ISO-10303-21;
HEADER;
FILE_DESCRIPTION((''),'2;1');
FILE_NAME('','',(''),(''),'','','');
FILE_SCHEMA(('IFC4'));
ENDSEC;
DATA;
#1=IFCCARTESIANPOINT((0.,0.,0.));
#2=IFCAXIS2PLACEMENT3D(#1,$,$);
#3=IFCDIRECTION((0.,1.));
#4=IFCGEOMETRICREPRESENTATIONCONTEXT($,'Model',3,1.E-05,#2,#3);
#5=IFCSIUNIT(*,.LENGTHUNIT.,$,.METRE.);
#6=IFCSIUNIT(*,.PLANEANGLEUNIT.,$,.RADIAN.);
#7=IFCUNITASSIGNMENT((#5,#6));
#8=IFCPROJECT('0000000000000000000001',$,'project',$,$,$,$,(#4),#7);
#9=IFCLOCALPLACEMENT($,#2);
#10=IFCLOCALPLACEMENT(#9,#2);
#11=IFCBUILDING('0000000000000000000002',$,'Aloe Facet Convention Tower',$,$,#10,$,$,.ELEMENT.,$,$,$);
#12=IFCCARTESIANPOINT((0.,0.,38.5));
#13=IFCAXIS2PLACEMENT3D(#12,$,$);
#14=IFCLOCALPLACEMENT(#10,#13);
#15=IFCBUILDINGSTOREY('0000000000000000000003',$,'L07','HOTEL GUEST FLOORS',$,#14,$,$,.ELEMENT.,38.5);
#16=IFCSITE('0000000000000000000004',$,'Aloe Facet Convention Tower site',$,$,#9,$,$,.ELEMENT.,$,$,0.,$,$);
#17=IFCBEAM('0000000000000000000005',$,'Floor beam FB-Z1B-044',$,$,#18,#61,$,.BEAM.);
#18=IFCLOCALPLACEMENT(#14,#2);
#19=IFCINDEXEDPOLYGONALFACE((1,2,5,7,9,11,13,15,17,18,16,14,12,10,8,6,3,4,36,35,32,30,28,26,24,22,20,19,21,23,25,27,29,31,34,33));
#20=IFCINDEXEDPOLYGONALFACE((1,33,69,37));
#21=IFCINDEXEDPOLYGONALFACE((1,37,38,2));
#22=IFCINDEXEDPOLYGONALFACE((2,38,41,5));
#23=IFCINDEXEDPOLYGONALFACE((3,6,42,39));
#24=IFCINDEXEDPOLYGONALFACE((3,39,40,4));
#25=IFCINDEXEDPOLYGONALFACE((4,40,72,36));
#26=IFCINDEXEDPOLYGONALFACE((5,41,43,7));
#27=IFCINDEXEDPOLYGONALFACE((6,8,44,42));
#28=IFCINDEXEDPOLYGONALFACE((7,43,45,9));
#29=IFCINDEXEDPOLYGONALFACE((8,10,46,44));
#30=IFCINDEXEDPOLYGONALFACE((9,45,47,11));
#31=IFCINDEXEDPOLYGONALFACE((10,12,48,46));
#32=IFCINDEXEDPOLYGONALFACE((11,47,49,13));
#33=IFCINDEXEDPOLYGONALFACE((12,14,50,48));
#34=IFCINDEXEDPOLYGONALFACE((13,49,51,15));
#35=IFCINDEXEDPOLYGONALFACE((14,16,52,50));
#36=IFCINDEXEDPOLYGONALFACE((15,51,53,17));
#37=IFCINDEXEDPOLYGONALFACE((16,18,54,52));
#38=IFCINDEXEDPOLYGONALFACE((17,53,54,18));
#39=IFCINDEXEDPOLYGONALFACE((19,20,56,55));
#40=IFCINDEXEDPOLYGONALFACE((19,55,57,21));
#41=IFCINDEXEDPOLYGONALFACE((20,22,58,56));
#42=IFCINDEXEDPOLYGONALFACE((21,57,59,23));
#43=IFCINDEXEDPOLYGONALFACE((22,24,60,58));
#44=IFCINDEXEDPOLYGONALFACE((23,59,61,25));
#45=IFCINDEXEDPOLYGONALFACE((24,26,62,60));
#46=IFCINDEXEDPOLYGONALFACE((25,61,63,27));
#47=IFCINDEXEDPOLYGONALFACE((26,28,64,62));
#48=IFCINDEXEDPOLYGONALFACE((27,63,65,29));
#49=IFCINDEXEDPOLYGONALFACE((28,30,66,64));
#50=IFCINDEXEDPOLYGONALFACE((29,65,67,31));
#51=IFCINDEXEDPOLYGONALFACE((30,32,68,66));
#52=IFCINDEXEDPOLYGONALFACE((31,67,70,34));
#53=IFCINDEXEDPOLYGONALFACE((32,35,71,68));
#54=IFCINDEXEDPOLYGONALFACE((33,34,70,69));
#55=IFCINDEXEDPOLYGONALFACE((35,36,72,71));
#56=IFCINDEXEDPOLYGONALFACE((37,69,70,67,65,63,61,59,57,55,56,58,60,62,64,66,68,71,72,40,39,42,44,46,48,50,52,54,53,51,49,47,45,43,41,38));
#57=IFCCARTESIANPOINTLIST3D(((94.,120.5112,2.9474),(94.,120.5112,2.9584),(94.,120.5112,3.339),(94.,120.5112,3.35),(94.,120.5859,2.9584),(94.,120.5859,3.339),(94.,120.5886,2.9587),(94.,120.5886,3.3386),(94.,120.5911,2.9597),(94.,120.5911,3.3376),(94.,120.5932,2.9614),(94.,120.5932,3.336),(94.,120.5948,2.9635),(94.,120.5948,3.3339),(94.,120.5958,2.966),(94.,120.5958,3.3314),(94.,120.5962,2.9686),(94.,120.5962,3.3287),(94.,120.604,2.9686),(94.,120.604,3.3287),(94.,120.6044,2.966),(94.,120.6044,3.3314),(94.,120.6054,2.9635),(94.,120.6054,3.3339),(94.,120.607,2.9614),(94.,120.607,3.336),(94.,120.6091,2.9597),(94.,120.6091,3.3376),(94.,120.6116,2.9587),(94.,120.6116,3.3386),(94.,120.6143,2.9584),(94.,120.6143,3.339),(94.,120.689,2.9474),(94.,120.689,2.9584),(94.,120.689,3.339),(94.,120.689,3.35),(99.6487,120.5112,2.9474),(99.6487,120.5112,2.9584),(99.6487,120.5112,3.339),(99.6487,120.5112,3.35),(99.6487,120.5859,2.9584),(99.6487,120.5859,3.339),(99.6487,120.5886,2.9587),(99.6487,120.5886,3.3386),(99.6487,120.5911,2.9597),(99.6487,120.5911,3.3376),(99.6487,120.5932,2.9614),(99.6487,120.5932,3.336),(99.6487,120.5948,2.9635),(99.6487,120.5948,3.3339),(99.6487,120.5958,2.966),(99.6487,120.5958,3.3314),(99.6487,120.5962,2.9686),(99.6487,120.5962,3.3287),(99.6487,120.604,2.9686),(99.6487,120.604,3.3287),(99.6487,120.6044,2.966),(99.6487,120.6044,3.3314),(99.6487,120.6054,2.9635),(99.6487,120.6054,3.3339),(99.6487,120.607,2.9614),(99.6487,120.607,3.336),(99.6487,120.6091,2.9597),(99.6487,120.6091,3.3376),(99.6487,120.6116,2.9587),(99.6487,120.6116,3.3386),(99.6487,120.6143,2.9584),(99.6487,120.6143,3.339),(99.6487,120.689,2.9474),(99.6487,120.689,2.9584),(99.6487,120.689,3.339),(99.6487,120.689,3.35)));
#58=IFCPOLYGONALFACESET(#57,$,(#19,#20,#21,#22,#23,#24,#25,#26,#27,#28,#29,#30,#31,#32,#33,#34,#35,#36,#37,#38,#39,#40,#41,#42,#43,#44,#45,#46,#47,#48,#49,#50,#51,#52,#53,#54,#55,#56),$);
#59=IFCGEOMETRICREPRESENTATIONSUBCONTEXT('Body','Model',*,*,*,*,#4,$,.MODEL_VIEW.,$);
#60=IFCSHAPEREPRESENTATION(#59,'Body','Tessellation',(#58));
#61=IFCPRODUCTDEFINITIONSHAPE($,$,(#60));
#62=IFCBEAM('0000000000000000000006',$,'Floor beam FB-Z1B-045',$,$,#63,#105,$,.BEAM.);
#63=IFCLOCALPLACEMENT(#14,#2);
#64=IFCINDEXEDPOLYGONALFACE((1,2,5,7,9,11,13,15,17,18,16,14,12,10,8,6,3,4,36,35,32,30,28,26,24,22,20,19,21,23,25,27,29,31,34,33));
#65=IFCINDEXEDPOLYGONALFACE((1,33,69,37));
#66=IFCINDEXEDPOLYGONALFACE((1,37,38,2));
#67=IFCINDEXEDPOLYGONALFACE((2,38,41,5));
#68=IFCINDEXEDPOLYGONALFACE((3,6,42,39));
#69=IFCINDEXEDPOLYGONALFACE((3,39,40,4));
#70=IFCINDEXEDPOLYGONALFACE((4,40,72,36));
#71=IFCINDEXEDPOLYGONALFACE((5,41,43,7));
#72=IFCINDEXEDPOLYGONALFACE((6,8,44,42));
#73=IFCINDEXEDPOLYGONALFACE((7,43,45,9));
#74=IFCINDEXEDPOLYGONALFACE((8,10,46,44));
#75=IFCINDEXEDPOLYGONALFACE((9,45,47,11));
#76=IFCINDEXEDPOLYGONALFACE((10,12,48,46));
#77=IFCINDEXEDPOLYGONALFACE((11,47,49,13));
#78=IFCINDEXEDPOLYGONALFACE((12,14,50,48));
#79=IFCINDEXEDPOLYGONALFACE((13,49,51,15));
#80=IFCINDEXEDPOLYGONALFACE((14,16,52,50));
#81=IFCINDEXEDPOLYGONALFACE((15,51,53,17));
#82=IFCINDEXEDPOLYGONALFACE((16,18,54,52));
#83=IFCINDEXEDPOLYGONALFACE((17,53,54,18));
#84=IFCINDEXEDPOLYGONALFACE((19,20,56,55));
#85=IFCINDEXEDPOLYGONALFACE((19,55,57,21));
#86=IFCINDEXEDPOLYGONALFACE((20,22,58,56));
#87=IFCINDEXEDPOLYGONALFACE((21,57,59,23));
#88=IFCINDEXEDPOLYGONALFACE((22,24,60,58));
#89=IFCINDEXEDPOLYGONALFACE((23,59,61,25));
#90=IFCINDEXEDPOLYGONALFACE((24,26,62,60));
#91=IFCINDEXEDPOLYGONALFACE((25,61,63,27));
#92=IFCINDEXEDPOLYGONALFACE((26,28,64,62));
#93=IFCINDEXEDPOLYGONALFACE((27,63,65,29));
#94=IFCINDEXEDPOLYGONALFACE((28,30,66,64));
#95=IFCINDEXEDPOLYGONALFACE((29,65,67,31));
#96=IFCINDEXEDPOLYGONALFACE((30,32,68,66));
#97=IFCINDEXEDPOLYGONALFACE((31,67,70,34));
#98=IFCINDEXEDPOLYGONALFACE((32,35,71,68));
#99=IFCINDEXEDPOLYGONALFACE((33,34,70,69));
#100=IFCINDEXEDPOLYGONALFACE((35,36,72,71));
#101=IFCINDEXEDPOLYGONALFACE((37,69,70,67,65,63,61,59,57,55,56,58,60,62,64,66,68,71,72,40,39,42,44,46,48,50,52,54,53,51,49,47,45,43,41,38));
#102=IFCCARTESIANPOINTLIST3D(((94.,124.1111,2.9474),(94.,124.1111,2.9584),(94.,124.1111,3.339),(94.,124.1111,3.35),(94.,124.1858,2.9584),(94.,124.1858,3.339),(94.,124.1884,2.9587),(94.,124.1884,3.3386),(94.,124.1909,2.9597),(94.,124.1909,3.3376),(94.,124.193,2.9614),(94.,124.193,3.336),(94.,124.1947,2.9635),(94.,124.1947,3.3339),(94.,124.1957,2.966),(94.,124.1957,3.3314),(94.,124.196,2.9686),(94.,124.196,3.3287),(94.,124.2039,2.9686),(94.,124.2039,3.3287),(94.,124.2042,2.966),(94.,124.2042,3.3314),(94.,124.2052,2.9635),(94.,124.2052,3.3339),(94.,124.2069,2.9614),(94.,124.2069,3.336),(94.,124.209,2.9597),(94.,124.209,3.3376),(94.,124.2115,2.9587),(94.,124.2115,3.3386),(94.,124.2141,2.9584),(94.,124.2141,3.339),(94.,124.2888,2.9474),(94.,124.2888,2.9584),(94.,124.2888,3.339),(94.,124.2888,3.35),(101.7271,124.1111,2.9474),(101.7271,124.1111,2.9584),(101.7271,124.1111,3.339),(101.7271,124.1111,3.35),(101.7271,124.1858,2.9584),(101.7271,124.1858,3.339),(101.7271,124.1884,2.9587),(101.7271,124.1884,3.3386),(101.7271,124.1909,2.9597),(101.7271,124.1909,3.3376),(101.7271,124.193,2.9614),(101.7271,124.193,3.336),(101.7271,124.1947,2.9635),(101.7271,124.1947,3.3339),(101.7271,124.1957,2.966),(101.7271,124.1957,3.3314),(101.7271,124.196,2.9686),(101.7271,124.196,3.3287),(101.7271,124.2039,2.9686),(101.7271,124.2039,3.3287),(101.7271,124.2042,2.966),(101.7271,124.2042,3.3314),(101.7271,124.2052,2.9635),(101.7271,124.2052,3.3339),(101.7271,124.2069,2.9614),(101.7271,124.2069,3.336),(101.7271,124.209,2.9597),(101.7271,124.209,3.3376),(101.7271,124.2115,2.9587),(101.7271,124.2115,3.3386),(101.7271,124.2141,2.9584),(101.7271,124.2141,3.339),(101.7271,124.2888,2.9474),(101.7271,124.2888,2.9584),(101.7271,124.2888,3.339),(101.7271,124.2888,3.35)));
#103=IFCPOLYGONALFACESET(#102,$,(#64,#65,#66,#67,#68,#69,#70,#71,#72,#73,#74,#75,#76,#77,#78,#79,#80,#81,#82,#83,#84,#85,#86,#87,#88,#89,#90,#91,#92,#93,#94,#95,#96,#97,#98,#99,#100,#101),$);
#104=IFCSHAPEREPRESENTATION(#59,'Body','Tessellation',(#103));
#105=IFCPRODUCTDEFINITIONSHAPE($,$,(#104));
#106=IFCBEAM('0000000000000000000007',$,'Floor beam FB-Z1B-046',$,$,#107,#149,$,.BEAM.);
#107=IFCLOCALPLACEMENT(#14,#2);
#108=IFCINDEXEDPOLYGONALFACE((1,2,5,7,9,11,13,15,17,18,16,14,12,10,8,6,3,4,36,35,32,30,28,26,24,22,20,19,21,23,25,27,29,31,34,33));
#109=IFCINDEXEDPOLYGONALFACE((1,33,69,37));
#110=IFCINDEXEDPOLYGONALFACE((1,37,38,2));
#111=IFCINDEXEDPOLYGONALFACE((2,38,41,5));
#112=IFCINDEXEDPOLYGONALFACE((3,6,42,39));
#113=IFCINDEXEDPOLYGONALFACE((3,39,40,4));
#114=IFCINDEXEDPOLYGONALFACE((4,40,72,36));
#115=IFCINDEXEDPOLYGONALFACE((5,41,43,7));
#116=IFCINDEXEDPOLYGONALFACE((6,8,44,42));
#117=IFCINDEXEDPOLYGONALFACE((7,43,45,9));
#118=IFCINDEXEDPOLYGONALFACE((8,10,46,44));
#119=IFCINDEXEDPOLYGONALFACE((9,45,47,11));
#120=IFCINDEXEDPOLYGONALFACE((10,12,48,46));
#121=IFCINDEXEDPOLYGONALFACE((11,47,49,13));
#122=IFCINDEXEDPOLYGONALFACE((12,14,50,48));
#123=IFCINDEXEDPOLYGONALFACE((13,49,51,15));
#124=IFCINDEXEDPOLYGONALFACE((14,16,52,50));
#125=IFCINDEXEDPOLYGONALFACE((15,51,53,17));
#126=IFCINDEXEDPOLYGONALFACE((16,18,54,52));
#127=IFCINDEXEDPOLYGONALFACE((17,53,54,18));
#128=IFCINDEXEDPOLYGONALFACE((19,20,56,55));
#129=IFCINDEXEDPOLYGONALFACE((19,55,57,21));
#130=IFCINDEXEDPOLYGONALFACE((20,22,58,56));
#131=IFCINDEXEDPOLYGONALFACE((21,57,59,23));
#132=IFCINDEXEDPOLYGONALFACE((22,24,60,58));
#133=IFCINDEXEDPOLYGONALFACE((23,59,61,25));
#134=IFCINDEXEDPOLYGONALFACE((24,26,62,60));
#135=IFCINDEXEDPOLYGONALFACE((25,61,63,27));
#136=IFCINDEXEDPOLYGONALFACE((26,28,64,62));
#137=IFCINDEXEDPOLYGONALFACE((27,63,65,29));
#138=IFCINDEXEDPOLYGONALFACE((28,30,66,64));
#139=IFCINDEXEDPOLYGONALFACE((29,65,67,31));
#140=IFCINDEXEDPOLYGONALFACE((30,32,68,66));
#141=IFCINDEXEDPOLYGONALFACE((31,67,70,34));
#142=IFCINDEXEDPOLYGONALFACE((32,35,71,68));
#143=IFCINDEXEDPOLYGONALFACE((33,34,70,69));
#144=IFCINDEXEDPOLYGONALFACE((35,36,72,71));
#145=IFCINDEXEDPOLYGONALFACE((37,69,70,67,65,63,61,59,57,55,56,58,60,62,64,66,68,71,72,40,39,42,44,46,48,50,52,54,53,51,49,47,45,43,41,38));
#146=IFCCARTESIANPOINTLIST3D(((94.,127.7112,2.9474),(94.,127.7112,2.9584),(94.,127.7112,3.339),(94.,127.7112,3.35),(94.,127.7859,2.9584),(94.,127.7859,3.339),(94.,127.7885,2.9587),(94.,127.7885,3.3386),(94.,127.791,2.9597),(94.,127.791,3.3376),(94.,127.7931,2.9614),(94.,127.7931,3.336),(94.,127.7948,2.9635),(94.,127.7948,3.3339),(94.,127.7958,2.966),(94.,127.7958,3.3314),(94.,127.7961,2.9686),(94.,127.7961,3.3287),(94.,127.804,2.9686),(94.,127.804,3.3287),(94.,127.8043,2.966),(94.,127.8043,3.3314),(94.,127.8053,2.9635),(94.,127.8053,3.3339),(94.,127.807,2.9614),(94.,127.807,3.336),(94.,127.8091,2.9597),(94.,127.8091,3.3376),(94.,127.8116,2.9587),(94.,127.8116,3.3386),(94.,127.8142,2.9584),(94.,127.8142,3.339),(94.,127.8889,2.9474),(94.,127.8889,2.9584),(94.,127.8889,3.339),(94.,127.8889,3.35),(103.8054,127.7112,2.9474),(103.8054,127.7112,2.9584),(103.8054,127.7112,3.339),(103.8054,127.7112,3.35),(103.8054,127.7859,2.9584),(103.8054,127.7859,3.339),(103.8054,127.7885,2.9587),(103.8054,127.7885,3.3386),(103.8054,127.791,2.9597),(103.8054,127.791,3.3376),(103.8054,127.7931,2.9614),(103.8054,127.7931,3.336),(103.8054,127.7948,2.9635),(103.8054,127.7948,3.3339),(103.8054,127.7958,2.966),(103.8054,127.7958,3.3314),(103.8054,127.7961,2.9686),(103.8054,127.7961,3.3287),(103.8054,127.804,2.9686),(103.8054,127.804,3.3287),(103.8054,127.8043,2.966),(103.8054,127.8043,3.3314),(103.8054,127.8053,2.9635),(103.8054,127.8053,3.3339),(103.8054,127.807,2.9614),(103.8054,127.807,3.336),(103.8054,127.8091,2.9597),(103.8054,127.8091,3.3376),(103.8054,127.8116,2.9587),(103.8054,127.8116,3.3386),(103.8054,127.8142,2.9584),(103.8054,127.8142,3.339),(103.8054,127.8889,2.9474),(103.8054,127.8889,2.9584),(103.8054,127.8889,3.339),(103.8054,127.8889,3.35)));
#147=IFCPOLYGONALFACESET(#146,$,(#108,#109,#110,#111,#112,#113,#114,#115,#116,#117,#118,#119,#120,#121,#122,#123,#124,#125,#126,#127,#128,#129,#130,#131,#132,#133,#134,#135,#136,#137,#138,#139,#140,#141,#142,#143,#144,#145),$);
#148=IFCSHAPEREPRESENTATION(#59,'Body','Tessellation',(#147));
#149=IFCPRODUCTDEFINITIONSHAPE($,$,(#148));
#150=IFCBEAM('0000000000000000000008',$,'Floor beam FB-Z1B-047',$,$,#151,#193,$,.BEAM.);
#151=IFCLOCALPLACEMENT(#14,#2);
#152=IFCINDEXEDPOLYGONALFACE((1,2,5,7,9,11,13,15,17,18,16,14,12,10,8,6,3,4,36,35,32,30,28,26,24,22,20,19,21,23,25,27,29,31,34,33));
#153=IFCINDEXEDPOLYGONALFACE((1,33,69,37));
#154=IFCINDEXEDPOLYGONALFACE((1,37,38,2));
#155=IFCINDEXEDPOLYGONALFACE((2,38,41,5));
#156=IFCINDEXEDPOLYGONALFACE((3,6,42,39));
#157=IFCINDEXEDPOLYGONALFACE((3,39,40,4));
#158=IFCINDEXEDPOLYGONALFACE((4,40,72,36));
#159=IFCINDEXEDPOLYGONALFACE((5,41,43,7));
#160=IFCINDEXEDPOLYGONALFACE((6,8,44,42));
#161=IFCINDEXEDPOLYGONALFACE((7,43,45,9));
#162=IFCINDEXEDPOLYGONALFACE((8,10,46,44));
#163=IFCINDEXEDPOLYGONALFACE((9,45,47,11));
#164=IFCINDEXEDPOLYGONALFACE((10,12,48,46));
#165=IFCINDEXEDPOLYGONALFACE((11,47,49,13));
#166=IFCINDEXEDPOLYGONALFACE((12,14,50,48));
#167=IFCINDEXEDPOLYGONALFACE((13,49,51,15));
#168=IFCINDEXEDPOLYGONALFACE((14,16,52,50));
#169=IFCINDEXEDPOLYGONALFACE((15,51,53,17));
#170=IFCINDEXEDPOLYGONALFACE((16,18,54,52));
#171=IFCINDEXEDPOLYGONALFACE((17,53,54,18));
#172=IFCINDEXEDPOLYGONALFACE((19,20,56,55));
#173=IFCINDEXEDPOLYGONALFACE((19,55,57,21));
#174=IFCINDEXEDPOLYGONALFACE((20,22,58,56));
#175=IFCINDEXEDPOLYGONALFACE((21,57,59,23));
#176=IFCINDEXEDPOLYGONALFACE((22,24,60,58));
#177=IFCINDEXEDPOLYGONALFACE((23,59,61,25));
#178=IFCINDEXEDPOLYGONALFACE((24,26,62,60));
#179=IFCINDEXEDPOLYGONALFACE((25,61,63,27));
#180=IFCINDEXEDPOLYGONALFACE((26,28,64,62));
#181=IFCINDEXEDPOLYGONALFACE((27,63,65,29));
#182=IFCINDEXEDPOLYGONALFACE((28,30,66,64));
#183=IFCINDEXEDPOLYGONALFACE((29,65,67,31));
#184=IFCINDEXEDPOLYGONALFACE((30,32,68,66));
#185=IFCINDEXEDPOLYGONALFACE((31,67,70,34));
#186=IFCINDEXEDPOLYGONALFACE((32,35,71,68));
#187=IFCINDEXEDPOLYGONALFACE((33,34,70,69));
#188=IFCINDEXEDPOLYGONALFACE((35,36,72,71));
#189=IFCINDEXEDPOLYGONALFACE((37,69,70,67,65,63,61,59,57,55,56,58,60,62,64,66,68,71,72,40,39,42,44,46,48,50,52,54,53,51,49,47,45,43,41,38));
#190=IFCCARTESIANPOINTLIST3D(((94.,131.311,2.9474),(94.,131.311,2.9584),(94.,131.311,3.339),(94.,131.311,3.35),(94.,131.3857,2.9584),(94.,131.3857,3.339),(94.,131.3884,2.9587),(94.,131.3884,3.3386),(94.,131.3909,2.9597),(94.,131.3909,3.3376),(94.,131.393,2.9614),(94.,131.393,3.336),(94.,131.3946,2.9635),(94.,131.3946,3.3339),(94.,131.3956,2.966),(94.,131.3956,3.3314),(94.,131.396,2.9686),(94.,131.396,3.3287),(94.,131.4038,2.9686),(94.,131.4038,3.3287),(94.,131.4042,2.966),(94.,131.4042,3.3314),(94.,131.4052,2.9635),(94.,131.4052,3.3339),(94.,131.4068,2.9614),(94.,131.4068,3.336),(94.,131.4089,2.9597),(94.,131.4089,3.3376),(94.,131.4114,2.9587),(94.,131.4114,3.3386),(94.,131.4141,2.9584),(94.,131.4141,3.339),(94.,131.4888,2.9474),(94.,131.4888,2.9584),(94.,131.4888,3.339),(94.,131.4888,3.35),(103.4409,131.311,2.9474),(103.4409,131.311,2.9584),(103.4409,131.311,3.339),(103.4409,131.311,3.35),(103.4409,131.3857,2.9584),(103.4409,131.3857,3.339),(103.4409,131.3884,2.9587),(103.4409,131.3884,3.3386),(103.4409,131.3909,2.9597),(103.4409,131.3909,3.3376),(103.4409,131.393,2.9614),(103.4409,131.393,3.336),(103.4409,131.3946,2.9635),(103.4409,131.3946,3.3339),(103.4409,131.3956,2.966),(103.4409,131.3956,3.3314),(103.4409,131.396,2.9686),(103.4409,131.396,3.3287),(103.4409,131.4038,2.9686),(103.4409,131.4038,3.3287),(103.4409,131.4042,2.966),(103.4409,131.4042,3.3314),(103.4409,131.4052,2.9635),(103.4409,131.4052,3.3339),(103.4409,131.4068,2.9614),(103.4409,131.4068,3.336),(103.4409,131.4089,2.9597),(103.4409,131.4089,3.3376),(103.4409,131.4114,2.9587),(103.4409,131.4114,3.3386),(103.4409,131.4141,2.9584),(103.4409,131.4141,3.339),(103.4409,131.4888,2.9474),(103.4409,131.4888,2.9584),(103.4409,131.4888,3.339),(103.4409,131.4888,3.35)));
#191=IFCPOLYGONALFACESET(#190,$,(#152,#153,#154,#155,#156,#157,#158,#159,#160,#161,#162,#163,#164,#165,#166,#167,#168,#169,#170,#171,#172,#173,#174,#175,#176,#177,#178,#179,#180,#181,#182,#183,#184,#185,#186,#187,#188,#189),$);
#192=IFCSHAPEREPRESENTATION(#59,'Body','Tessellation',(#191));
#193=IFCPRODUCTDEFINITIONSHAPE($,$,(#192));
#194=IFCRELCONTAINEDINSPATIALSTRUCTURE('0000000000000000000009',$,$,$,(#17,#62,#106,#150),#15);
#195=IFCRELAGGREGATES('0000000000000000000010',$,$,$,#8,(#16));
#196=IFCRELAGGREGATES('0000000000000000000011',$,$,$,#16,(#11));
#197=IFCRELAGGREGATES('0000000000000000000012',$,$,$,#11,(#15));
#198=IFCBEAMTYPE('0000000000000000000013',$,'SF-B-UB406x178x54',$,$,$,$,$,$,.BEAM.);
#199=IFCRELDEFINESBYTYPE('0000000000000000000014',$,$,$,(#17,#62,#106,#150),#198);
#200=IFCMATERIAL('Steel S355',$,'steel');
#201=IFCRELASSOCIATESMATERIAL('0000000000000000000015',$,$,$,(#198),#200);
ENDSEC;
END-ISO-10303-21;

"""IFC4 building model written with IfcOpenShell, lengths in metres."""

from ifc_helpers import new_model, si_unit, direction, frame, origin, origin_2d, place, context, subcontext, project, spatial, i_section, extrude, material, material_profile, profile_set, type_object, element, save


model = new_model("IFC4")

# Units and contexts
model_context = context("Model", 3, precision=1e-05, world=origin(), true_north=direction((0.0, 1.0)))
body_context = subcontext(model_context, "Body", "Model", "MODEL_VIEW")
ifc_project = project(units=[si_unit("LENGTHUNIT", "METRE"), si_unit("PLANEANGLEUNIT", "RADIAN")], contexts=[model_context])

# Site, building, storey
site_placement = place(None, origin())
site = spatial("IfcSite", under=ifc_project, at=site_placement, Name="Aloe Facet Convention Tower site", CompositionType="ELEMENT", RefElevation=0.0)
building_placement = place(site_placement, origin())
building = spatial("IfcBuilding", under=site, at=building_placement, Name="Aloe Facet Convention Tower", CompositionType="ELEMENT")
storey_placement = place(building_placement, frame((0.0, 0.0, 38.5)))
storey = spatial("IfcBuildingStorey", under=building, at=storey_placement, Name="L07", Description="HOTEL GUEST FLOORS", CompositionType="ELEMENT", Elevation=38.5)

# Beams
ifc_material_1 = material(Name="Steel S355", Category="steel")
ifc_material_profile = material_profile(ifc_material_1, i_section(OverallWidth=0.1777, OverallDepth=0.4026, WebThickness=0.0078, FlangeThickness=0.011, FilletRadius=0.0103, at=origin_2d()), Name="UB 406x178x54")
ifc_profile_set = profile_set([ifc_material_profile], Name="Steel S355")
beam_type = type_object("IfcBeamType", Name="SF-B-UB406x178x54", PredefinedType="BEAM", material=ifc_profile_set)
beam_1_placement = place(storey_placement, frame((94.0, 120.6001, 3.1487), z_axis=(1.0, 0.0, 0.0), x_axis=(0.0, 1.0, 0.0)))
element("IfcBeam", 1, at=beam_1_placement, inside=storey, type_object=beam_type, Name="Floor beam FB-Z1B-044", PredefinedType="BEAM", context=body_context, shape_type="SweptSolid", body=[
    extrude(i_section(OverallWidth=0.1777, OverallDepth=0.4026, WebThickness=0.0078, FlangeThickness=0.011, FilletRadius=0.0103, at=origin_2d()), origin(), (0.0, 0.0, 1.0), 5.6487),
])
beam_2_placement = place(storey_placement, frame((94.0, 124.2, 3.1487), z_axis=(1.0, 0.0, 0.0), x_axis=(0.0, 1.0, 0.0)))
element("IfcBeam", 2, at=beam_2_placement, inside=storey, type_object=beam_type, Name="Floor beam FB-Z1B-045", PredefinedType="BEAM", context=body_context, shape_type="SweptSolid", body=[
    extrude(i_section(OverallWidth=0.1777, OverallDepth=0.4026, WebThickness=0.0078, FlangeThickness=0.011, FilletRadius=0.0103, at=origin_2d()), origin(), (0.0, 0.0, 1.0), 7.7271),
])
beam_3_placement = place(storey_placement, frame((94.0, 127.8, 3.1487), z_axis=(1.0, 0.0, 0.0), x_axis=(0.0, 1.0, 0.0)))
element("IfcBeam", 3, at=beam_3_placement, inside=storey, type_object=beam_type, Name="Floor beam FB-Z1B-046", PredefinedType="BEAM", context=body_context, shape_type="SweptSolid", body=[
    extrude(i_section(OverallWidth=0.1777, OverallDepth=0.4026, WebThickness=0.0078, FlangeThickness=0.011, FilletRadius=0.0103, at=origin_2d()), origin(), (0.0, 0.0, 1.0), 9.8054),
])
beam_4_placement = place(storey_placement, frame((94.0, 131.3999, 3.1487), z_axis=(1.0, 0.0, 0.0), x_axis=(0.0, 1.0, 0.0)))
element("IfcBeam", 4, at=beam_4_placement, inside=storey, type_object=beam_type, Name="Floor beam FB-Z1B-047", PredefinedType="BEAM", context=body_context, shape_type="SweptSolid", body=[
    extrude(i_section(OverallWidth=0.1777, OverallDepth=0.4026, WebThickness=0.0078, FlangeThickness=0.011, FilletRadius=0.0103, at=origin_2d()), origin(), (0.0, 0.0, 1.0), 9.4409),
])

save(model, "model.ifc")
